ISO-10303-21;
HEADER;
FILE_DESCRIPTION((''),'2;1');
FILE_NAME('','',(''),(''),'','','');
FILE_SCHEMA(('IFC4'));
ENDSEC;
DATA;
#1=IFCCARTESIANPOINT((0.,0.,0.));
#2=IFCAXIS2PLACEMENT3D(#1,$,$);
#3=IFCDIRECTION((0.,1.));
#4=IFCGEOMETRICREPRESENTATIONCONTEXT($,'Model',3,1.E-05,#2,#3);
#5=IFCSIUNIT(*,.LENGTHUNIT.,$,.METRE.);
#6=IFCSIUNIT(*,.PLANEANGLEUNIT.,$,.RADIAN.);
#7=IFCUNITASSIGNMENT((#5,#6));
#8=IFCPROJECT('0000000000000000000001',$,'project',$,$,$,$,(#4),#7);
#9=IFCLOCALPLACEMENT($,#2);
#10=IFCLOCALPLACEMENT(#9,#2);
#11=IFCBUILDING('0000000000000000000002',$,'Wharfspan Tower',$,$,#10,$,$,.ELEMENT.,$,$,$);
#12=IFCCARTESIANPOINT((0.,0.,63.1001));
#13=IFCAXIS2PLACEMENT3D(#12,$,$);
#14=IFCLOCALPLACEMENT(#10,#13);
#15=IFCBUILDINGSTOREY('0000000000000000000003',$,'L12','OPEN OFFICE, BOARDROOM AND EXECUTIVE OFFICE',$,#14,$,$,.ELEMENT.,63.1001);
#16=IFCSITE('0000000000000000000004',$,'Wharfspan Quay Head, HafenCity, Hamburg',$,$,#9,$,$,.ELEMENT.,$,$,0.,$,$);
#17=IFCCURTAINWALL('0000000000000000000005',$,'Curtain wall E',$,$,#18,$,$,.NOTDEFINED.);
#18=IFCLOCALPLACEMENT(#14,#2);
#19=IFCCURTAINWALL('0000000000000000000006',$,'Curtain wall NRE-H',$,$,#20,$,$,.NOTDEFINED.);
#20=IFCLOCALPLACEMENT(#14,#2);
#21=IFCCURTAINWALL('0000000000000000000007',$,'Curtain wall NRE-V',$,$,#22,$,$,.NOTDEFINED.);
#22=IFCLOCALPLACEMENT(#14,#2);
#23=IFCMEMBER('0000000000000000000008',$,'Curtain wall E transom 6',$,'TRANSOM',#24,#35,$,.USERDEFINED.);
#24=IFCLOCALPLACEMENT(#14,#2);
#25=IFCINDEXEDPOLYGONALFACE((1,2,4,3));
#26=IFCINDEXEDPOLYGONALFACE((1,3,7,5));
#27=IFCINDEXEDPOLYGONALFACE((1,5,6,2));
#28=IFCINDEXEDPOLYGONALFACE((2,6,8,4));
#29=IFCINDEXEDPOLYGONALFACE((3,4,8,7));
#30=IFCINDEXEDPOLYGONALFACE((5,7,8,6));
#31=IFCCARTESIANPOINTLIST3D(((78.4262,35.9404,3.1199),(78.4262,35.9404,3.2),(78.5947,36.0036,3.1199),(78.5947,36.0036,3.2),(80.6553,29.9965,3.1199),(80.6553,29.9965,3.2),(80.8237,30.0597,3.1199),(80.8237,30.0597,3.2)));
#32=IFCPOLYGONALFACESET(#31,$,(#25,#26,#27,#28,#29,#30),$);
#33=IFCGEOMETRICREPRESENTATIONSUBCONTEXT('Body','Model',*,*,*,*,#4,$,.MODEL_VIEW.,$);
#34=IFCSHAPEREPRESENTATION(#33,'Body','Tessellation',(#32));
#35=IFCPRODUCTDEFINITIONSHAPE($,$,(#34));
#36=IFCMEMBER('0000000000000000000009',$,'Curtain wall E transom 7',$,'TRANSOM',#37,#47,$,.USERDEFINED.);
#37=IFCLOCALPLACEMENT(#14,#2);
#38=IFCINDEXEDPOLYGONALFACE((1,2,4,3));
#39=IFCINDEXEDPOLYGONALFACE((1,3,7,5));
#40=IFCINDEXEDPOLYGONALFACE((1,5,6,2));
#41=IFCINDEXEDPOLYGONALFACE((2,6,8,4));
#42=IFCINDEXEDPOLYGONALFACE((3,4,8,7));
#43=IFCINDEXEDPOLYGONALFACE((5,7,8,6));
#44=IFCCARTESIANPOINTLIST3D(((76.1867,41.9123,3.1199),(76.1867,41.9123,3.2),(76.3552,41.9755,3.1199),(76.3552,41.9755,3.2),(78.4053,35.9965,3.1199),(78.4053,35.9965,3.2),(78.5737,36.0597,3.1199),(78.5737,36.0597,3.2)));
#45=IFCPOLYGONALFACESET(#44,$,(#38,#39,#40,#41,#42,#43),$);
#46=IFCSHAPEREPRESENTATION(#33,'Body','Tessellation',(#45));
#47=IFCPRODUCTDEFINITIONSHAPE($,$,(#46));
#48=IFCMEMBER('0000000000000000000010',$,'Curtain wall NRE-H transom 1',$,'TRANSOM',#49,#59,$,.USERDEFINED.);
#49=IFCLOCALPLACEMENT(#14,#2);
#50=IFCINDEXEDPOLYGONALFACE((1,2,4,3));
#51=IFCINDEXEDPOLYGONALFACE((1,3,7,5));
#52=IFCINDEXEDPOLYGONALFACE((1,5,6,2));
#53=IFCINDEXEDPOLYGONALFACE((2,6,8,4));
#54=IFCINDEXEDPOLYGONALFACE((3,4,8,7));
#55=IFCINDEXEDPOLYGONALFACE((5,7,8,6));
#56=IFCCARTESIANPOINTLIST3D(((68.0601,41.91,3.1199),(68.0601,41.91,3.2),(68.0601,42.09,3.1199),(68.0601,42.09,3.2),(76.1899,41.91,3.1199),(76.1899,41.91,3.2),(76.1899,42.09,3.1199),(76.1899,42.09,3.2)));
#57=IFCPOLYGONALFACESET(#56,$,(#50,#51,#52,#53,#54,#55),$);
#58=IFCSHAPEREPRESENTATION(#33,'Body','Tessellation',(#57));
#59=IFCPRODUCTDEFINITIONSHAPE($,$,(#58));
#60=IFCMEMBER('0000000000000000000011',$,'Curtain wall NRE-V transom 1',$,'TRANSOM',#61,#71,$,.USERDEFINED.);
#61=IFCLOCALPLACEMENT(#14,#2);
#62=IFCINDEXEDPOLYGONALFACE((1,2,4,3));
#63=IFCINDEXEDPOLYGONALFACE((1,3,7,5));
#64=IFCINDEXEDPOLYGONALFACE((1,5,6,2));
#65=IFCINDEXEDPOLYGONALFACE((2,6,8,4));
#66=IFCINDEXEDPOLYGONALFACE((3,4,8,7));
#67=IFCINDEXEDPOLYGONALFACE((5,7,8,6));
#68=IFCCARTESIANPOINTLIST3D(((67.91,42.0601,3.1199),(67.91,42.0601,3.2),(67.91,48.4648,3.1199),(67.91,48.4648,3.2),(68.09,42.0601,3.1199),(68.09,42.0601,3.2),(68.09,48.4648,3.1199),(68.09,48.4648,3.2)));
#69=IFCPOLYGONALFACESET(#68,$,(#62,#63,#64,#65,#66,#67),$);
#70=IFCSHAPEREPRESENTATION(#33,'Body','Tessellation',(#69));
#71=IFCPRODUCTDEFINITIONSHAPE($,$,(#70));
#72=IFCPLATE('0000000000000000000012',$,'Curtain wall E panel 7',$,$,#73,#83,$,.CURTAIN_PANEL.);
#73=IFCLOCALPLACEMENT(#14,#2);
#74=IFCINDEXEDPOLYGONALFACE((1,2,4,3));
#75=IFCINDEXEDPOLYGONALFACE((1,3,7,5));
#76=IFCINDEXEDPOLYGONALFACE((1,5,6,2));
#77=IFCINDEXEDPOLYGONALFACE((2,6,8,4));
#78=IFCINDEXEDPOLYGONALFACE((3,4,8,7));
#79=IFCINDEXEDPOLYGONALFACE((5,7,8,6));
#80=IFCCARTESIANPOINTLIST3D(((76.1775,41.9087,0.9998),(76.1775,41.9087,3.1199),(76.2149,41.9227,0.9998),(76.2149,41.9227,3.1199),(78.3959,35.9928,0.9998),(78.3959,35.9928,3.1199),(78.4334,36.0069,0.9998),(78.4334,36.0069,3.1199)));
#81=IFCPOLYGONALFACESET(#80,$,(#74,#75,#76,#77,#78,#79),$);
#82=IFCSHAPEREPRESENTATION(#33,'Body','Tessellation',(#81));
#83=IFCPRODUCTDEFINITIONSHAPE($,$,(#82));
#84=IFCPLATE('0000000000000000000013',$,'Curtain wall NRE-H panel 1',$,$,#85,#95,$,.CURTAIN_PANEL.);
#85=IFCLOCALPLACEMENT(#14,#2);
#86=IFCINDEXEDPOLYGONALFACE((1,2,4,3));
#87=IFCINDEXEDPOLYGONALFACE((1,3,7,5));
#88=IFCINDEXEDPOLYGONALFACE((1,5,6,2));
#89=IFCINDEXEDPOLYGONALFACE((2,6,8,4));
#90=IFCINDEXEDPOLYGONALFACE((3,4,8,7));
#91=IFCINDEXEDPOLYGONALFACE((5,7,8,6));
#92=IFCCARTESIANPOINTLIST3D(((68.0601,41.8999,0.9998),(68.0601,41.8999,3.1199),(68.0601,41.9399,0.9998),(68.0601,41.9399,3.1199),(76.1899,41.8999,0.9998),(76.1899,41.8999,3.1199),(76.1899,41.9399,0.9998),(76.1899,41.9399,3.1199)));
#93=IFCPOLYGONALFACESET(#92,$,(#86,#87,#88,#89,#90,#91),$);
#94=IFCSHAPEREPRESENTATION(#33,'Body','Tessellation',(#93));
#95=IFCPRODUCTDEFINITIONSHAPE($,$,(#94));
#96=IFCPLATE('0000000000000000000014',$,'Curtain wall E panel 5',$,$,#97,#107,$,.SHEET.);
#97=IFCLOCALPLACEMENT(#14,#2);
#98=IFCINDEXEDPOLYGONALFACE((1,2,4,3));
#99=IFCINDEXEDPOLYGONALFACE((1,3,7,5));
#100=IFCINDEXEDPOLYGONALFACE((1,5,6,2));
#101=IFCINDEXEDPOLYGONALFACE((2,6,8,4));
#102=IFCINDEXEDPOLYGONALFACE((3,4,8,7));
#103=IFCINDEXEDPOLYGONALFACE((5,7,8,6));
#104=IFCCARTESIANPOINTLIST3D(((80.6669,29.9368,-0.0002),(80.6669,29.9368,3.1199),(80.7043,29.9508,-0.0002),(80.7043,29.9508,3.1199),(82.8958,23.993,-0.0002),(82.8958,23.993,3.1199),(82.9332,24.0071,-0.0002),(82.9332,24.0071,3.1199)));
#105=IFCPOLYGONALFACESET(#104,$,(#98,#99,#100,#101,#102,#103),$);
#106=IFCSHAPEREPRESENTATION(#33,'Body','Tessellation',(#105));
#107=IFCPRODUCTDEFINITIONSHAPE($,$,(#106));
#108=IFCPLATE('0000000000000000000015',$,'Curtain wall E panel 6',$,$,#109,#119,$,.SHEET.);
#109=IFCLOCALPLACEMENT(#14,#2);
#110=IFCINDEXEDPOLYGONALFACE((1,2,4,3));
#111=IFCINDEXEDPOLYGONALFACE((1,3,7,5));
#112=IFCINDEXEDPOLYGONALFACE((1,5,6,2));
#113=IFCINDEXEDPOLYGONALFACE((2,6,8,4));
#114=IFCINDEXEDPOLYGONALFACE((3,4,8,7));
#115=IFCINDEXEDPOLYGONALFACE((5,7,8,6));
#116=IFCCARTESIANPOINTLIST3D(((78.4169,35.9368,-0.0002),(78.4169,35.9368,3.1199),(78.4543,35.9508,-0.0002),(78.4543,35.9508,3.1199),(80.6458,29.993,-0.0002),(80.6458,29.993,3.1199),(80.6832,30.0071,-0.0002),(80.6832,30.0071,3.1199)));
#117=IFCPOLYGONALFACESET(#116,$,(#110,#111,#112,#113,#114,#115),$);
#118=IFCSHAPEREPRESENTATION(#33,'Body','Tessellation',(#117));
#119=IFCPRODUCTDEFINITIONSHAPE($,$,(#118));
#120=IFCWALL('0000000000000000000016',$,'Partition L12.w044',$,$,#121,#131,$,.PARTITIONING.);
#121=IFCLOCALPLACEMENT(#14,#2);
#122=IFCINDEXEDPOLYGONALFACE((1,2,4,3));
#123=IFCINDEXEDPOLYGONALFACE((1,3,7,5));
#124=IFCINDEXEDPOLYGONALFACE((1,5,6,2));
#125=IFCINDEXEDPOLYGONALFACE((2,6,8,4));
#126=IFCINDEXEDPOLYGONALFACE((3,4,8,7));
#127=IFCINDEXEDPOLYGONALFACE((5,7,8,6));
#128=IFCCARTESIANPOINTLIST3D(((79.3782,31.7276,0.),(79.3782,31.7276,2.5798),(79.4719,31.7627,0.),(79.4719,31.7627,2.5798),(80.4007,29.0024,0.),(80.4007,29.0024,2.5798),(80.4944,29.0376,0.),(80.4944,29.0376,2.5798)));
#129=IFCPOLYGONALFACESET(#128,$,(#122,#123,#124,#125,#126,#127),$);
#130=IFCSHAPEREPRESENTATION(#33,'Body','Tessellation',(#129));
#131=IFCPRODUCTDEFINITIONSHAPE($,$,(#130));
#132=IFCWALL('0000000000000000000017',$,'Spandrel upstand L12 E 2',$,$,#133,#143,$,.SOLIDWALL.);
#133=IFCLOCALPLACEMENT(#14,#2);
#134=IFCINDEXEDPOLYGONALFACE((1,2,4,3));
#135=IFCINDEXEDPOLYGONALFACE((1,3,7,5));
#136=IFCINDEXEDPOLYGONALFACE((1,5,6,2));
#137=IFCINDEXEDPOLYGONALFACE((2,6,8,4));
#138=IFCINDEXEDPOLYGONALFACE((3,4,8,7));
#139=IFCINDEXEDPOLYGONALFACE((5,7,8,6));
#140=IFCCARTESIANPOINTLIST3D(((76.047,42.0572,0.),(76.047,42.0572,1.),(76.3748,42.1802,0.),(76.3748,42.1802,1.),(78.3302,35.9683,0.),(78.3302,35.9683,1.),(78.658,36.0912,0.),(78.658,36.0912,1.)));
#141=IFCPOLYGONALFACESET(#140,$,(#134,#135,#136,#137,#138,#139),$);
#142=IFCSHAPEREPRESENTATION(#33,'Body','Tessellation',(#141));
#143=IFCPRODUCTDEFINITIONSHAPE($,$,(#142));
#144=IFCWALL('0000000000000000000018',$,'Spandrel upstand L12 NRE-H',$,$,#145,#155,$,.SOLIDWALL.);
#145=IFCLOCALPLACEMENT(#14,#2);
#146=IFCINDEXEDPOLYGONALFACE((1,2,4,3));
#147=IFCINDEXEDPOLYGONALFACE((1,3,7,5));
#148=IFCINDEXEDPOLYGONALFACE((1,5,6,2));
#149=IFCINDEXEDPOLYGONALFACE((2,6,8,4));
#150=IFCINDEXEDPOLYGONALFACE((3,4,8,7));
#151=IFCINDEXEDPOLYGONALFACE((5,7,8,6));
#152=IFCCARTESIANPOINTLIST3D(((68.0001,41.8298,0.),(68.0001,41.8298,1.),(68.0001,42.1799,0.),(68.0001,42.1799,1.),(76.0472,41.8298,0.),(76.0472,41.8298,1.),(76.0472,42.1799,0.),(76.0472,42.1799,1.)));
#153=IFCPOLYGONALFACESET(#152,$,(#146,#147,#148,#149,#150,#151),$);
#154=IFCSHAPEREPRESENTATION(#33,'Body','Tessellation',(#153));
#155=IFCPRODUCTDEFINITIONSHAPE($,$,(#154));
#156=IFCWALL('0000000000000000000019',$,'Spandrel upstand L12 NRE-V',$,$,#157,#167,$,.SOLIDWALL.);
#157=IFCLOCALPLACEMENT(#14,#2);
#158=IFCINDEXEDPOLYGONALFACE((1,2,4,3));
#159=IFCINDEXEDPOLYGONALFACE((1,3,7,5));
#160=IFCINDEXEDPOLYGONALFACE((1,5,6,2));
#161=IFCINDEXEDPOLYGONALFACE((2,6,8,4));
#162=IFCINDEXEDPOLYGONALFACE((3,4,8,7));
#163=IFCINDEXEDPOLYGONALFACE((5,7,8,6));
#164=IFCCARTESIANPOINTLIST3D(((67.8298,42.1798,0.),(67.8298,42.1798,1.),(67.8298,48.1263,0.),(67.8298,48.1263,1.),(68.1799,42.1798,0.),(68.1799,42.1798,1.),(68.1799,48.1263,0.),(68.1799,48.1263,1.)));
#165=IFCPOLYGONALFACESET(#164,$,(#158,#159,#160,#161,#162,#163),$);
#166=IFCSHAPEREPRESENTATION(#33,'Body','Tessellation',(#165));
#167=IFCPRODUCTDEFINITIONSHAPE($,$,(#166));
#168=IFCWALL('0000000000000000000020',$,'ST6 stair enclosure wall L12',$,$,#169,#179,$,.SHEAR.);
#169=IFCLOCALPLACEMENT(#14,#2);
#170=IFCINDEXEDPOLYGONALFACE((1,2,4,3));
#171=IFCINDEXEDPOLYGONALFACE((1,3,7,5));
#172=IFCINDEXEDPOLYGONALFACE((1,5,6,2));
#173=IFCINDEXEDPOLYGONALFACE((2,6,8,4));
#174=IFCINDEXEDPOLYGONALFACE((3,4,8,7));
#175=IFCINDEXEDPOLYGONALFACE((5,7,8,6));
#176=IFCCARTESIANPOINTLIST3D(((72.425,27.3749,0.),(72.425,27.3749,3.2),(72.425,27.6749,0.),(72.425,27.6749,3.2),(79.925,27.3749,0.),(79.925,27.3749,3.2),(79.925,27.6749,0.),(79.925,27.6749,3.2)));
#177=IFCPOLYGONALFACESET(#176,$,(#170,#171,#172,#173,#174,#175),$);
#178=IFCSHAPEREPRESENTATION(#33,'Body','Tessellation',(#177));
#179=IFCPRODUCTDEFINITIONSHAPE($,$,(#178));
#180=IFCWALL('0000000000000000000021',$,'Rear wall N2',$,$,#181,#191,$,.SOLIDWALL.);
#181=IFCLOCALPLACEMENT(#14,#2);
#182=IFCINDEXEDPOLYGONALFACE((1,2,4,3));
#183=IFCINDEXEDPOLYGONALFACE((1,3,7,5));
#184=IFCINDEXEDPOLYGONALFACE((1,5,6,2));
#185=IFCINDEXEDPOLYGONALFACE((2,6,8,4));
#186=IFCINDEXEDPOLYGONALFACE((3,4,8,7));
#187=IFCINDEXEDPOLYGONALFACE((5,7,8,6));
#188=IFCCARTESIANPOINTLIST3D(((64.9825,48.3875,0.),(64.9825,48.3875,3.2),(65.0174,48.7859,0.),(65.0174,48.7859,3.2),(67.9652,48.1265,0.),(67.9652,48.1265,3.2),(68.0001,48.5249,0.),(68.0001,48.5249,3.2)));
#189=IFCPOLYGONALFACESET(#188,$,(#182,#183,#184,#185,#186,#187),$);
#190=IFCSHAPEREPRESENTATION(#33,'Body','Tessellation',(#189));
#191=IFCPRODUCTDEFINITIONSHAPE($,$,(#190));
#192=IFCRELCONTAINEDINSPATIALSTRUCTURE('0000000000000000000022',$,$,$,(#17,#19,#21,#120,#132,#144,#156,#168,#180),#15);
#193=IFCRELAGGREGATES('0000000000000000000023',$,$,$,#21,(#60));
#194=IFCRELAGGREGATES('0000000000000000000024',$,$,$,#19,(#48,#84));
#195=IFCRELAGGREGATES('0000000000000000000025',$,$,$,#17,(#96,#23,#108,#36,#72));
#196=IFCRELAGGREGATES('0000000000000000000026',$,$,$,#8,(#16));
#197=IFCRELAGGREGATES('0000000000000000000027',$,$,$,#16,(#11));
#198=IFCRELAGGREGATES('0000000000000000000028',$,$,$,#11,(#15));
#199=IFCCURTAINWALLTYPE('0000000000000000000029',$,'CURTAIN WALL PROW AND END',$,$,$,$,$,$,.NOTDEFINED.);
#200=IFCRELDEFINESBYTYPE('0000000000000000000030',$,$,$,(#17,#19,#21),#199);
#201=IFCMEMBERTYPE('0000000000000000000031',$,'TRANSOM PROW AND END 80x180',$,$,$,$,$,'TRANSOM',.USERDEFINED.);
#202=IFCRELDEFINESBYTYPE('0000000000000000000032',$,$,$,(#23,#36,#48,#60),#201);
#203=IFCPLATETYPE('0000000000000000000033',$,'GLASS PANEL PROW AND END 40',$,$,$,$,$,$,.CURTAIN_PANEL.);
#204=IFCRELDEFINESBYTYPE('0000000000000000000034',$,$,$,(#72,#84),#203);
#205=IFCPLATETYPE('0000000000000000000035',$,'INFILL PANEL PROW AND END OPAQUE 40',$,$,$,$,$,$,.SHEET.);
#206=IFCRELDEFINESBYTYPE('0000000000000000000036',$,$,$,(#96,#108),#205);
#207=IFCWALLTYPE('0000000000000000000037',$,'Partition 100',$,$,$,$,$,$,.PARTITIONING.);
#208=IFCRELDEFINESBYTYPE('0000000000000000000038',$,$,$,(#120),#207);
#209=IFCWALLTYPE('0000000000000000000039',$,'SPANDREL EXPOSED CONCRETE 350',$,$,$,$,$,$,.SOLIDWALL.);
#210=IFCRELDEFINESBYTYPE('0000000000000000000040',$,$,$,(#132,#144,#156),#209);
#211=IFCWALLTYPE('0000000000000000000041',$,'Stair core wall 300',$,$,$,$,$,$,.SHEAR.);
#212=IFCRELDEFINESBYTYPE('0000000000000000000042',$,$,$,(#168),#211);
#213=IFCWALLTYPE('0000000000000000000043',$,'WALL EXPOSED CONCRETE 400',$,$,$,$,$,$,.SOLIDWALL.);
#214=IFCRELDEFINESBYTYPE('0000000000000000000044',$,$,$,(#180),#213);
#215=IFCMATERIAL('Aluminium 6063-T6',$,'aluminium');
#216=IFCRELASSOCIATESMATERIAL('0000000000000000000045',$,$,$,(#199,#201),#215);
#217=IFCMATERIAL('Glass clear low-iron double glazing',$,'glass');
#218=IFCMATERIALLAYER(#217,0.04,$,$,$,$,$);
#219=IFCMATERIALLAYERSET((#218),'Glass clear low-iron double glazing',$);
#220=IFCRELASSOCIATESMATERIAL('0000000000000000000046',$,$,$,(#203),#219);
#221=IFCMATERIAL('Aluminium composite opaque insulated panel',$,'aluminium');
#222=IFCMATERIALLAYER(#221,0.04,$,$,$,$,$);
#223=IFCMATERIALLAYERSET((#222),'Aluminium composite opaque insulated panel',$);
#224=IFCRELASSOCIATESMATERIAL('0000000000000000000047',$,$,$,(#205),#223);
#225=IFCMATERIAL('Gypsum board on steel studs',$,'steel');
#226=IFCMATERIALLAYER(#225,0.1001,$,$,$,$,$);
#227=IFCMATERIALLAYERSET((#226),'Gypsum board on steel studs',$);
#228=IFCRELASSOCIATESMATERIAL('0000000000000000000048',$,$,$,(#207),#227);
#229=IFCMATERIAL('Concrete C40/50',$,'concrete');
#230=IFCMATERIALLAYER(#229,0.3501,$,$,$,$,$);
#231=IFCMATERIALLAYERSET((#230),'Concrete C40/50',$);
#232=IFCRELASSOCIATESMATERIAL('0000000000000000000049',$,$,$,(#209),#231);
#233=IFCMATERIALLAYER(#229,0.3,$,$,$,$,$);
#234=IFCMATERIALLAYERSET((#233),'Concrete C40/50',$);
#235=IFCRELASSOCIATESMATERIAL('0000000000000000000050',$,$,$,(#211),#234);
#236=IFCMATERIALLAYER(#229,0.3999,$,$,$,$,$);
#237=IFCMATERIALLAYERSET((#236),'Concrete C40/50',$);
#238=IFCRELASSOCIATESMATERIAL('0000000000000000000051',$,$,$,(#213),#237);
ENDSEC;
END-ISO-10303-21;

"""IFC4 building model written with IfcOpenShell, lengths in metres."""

from ifc_helpers import new_model, si_unit, direction, frame, frame_2d, origin, origin_2d, place, context, subcontext, project, spatial, rectangle, extrude, material, layer, layer_set, material_profile, profile_set, type_object, element, aggregate, save


model = new_model("IFC4")

# Units and contexts
model_context = context("Model", 3, precision=1e-05, world=origin(), true_north=direction((0.0, 1.0)))
body_context = subcontext(model_context, "Body", "Model", "MODEL_VIEW")
ifc_project = project(units=[si_unit("LENGTHUNIT", "METRE"), si_unit("PLANEANGLEUNIT", "RADIAN")], contexts=[model_context])

# Site, building, storey
site_placement = place(None, origin())
site = spatial("IfcSite", under=ifc_project, at=site_placement, Name="Wharfspan Quay Head, HafenCity, Hamburg", CompositionType="ELEMENT", RefElevation=0.0)
building_placement = place(site_placement, origin())
building = spatial("IfcBuilding", under=site, at=building_placement, Name="Wharfspan Tower", CompositionType="ELEMENT")
storey_placement = place(building_placement, frame((0.0, 0.0, 63.1001)))
storey = spatial("IfcBuildingStorey", under=building, at=storey_placement, Name="L12", Description="OPEN OFFICE, BOARDROOM AND EXECUTIVE OFFICE", CompositionType="ELEMENT", Elevation=63.1001)

# Curtain walls
ifc_material_1 = material(Name="Aluminium 6063-T6", Category="aluminium")
curtain_wall_type = type_object("IfcCurtainWallType", Name="CURTAIN WALL PROW AND END", PredefinedType="NOTDEFINED", material=ifc_material_1)
curtain_wall_1_placement = place(storey_placement, origin())
curtain_wall_1 = element("IfcCurtainWall", 1, at=curtain_wall_1_placement, inside=storey, type_object=curtain_wall_type, Name="Curtain wall E", PredefinedType="NOTDEFINED")
curtain_wall_2_placement = place(storey_placement, origin())
curtain_wall_2 = element("IfcCurtainWall", 2, at=curtain_wall_2_placement, inside=storey, type_object=curtain_wall_type, Name="Curtain wall NRE-H", PredefinedType="NOTDEFINED")
curtain_wall_3_placement = place(storey_placement, origin())
curtain_wall_3 = element("IfcCurtainWall", 3, at=curtain_wall_3_placement, inside=storey, type_object=curtain_wall_type, Name="Curtain wall NRE-V", PredefinedType="NOTDEFINED")

# Members
ifc_material_profile_1 = material_profile(ifc_material_1, rectangle(XDim=0.1799, YDim=0.0801, at=origin_2d()))
ifc_profile_set_1 = profile_set([ifc_material_profile_1], Name="Aluminium 6063-T6")
member_type_1 = type_object("IfcMemberType", Name="TRANSOM PROW AND END 80x180", ElementType="TRANSOM", PredefinedType="USERDEFINED", material=ifc_profile_set_1)
member_1_placement = place(storey_placement, frame((80.7395, 30.0281, 3.1599), z_axis=(-0.351132, 0.936326, 0.0), x_axis=(-0.936326, -0.351132, 0.0)))
member_1 = element("IfcMember", 4, at=member_1_placement, type_object=member_type_1, Name="Curtain wall E transom 6", ObjectType="TRANSOM", PredefinedType="USERDEFINED", context=body_context, shape_type="SweptSolid", body=[
    extrude(rectangle(XDim=0.1799, YDim=0.0801, at=origin_2d()), origin(), (0.0, 0.0, 1.0), 6.3481),
])
member_2_placement = place(storey_placement, frame((78.4895, 36.0281, 3.1599), z_axis=(-0.351136, 0.936324, 0.0), x_axis=(-0.936324, -0.351136, 0.0)))
member_2 = element("IfcMember", 5, at=member_2_placement, type_object=member_type_1, Name="Curtain wall E transom 7", ObjectType="TRANSOM", PredefinedType="USERDEFINED", context=body_context, shape_type="SweptSolid", body=[
    extrude(rectangle(XDim=0.1799, YDim=0.0801, at=origin_2d()), origin(), (0.0, 0.0, 1.0), 6.3181),
])
member_3_placement = place(storey_placement, frame((76.1899, 42.0, 3.1599), z_axis=(-1.0, 0.0, 0.0), x_axis=(0.0, -1.0, 0.0)))
member_3 = element("IfcMember", 6, at=member_3_placement, type_object=member_type_1, Name="Curtain wall NRE-H transom 1", ObjectType="TRANSOM", PredefinedType="USERDEFINED", context=body_context, shape_type="SweptSolid", body=[
    extrude(rectangle(XDim=0.1799, YDim=0.0801, at=origin_2d()), origin(), (0.0, 0.0, 1.0), 8.1299),
])
member_4_placement = place(storey_placement, frame((68.0, 42.0601, 3.1599), z_axis=(0.0, 1.0, 0.0), x_axis=(-1.0, 0.0, 0.0)))
member_4 = element("IfcMember", 7, at=member_4_placement, type_object=member_type_1, Name="Curtain wall NRE-V transom 1", ObjectType="TRANSOM", PredefinedType="USERDEFINED", context=body_context, shape_type="SweptSolid", body=[
    extrude(rectangle(XDim=0.1799, YDim=0.0801, at=origin_2d()), origin(), (0.0, 0.0, 1.0), 6.4048),
])
aggregate(curtain_wall_3, [member_4])

# Plates
ifc_material_2 = material(Name="Glass clear low-iron double glazing", Category="glass")
ifc_layer_1 = layer(ifc_material_2, 0.04)
ifc_layer_set_1 = layer_set([ifc_layer_1], Name="Glass clear low-iron double glazing")
plate_type_1 = type_object("IfcPlateType", Name="GLASS PANEL PROW AND END 40", PredefinedType="CURTAIN_PANEL", material=ifc_layer_set_1)
plate_1_placement = place(storey_placement, frame((77.3054, 38.9578, 0.9998), z_axis=(0.0, 0.0, 1.0), x_axis=(-0.351123, 0.936328, 0.0)))
plate_1 = element("IfcPlate", 8, at=plate_1_placement, type_object=plate_type_1, Name="Curtain wall E panel 7", PredefinedType="CURTAIN_PANEL", context=body_context, shape_type="SweptSolid", body=[
    extrude(rectangle(XDim=6.3181, YDim=0.04, at=origin_2d()), origin(), (0.0, 0.0, 1.0), 2.1201),
])
plate_2_placement = place(storey_placement, frame((72.125, 41.9199, 0.9998), z_axis=(0.0, 0.0, 1.0), x_axis=(-1.0, 0.0, 0.0)))
plate_2 = element("IfcPlate", 9, at=plate_2_placement, type_object=plate_type_1, Name="Curtain wall NRE-H panel 1", PredefinedType="CURTAIN_PANEL", context=body_context, shape_type="SweptSolid", body=[
    extrude(rectangle(XDim=8.1299, YDim=0.04, at=origin_2d()), origin(), (0.0, 0.0, 1.0), 2.1201),
])
aggregate(curtain_wall_2, [member_3, plate_2])
ifc_material_3 = material(Name="Aluminium composite opaque insulated panel", Category="aluminium")
ifc_layer_2 = layer(ifc_material_3, 0.04)
ifc_layer_set_2 = layer_set([ifc_layer_2], Name="Aluminium composite opaque insulated panel")
plate_type_2 = type_object("IfcPlateType", Name="INFILL PANEL PROW AND END OPAQUE 40", PredefinedType="SHEET", material=ifc_layer_set_2)
plate_3_placement = place(storey_placement, frame((81.8, 26.9719, -0.0002), z_axis=(0.0, 0.0, 1.0), x_axis=(-0.351123, 0.936328, 0.0)))
plate_3 = element("IfcPlate", 10, at=plate_3_placement, type_object=plate_type_2, Name="Curtain wall E panel 5", PredefinedType="SHEET", context=body_context, shape_type="SweptSolid", body=[
    extrude(rectangle(XDim=6.3479, YDim=0.04, at=origin_2d()), origin(), (0.0, 0.0, 1.0), 3.1201),
])
plate_4_placement = place(storey_placement, frame((79.55, 32.9719, -0.0002), z_axis=(0.0, 0.0, 1.0), x_axis=(-0.351123, 0.936328, 0.0)))
plate_4 = element("IfcPlate", 11, at=plate_4_placement, type_object=plate_type_2, Name="Curtain wall E panel 6", PredefinedType="SHEET", context=body_context, shape_type="SweptSolid", body=[
    extrude(rectangle(XDim=6.3479, YDim=0.04, at=origin_2d()), origin(), (0.0, 0.0, 1.0), 3.1201),
])
aggregate(curtain_wall_1, [plate_3, member_1, plate_4, member_2, plate_1])

# Walls
ifc_material_4 = material(Name="Gypsum board on steel studs", Category="steel")
ifc_layer_3 = layer(ifc_material_4, 0.1001)
ifc_layer_set_3 = layer_set([ifc_layer_3], Name="Gypsum board on steel studs")
wall_type_1 = type_object("IfcWallType", Name="Partition 100", PredefinedType="PARTITIONING", material=ifc_layer_set_3)
wall_1_placement = place(storey_placement, frame((80.4475, 29.02, 0.0), z_axis=(0.0, 0.0, 1.0), x_axis=(-0.35129, 0.93627, 0.0)))
element("IfcWall", 12, at=wall_1_placement, inside=storey, type_object=wall_type_1, Name="Partition L12.w044", PredefinedType="PARTITIONING", context=body_context, shape_type="SweptSolid", body=[
    extrude(rectangle(XDim=2.9106, YDim=0.1001, at=frame_2d((1.4553, 0.0))), origin(), (0.0, 0.0, 1.0), 2.5798),
])
ifc_material_5 = material(Name="Concrete C40/50", Category="concrete")
ifc_layer_4 = layer(ifc_material_5, 0.3501)
ifc_layer_set_4 = layer_set([ifc_layer_4], Name="Concrete C40/50")
wall_type_2 = type_object("IfcWallType", Name="SPANDREL EXPOSED CONCRETE 350", PredefinedType="SOLIDWALL", material=ifc_layer_set_4)
wall_2_placement = place(storey_placement, frame((78.4941, 36.0298, 0.0), z_axis=(0.0, 0.0, 1.0), x_axis=(-0.351108, 0.936338, 0.0)))
element("IfcWall", 13, at=wall_2_placement, inside=storey, type_object=wall_type_2, Name="Spandrel upstand L12 E 2", PredefinedType="SOLIDWALL", context=body_context, shape_type="SweptSolid", body=[
    extrude(rectangle(XDim=6.5029, YDim=0.3501, at=frame_2d((3.2515, 0.0))), origin(), (0.0, 0.0, 1.0), 1.0),
])
wall_3_placement = place(storey_placement, frame((76.0471, 42.0049, 0.0), z_axis=(0.0, 0.0, 1.0), x_axis=(-1.0, 0.0, 0.0)))
element("IfcWall", 14, at=wall_3_placement, inside=storey, type_object=wall_type_2, Name="Spandrel upstand L12 NRE-H", PredefinedType="SOLIDWALL", context=body_context, shape_type="SweptSolid", body=[
    extrude(rectangle(XDim=8.0471, YDim=0.3501, at=frame_2d((4.0234, 0.0))), origin(), (0.0, 0.0, 1.0), 1.0),
])
wall_4_placement = place(storey_placement, frame((68.0049, 42.1799, 0.0), z_axis=(0.0, 0.0, 1.0), x_axis=(0.0, 1.0, 0.0)))
element("IfcWall", 15, at=wall_4_placement, inside=storey, type_object=wall_type_2, Name="Spandrel upstand L12 NRE-V", PredefinedType="SOLIDWALL", context=body_context, shape_type="SweptSolid", body=[
    extrude(rectangle(XDim=5.9465, YDim=0.3501, at=frame_2d((2.9731, 0.0))), origin(), (0.0, 0.0, 1.0), 1.0),
])
ifc_layer_5 = layer(ifc_material_5, 0.3)
ifc_layer_set_5 = layer_set([ifc_layer_5], Name="Concrete C40/50")
wall_type_3 = type_object("IfcWallType", Name="Stair core wall 300", PredefinedType="SHEAR", material=ifc_layer_set_5)
wall_5_placement = place(storey_placement, frame((72.425, 27.5249, 0.0), z_axis=(0.0, 0.0, 1.0), x_axis=(1.0, 0.0, 0.0)))
element("IfcWall", 16, at=wall_5_placement, inside=storey, type_object=wall_type_3, Name="ST6 stair enclosure wall L12", PredefinedType="SHEAR", context=body_context, shape_type="SweptSolid", body=[
    extrude(rectangle(XDim=7.5, YDim=0.3, at=frame_2d((3.75, 0.0))), origin(), (0.0, 0.0, 1.0), 3.2),
])
ifc_layer_6 = layer(ifc_material_5, 0.3999)
ifc_layer_set_6 = layer_set([ifc_layer_6], Name="Concrete C40/50")
wall_type_4 = type_object("IfcWallType", Name="WALL EXPOSED CONCRETE 400", PredefinedType="SOLIDWALL", material=ifc_layer_set_6)
wall_6_placement = place(storey_placement, frame((67.9827, 48.3257, 0.0), z_axis=(0.0, 0.0, 1.0), x_axis=(-0.996194, 0.087168, 0.0)))
element("IfcWall", 17, at=wall_6_placement, inside=storey, type_object=wall_type_4, Name="Rear wall N2", PredefinedType="SOLIDWALL", context=body_context, shape_type="SweptSolid", body=[
    extrude(rectangle(XDim=2.9941, YDim=0.3999, at=frame_2d((1.4971, 0.0))), origin(), (0.0, 0.0, 1.0), 3.2),
])

save(model, "model.ifc")
